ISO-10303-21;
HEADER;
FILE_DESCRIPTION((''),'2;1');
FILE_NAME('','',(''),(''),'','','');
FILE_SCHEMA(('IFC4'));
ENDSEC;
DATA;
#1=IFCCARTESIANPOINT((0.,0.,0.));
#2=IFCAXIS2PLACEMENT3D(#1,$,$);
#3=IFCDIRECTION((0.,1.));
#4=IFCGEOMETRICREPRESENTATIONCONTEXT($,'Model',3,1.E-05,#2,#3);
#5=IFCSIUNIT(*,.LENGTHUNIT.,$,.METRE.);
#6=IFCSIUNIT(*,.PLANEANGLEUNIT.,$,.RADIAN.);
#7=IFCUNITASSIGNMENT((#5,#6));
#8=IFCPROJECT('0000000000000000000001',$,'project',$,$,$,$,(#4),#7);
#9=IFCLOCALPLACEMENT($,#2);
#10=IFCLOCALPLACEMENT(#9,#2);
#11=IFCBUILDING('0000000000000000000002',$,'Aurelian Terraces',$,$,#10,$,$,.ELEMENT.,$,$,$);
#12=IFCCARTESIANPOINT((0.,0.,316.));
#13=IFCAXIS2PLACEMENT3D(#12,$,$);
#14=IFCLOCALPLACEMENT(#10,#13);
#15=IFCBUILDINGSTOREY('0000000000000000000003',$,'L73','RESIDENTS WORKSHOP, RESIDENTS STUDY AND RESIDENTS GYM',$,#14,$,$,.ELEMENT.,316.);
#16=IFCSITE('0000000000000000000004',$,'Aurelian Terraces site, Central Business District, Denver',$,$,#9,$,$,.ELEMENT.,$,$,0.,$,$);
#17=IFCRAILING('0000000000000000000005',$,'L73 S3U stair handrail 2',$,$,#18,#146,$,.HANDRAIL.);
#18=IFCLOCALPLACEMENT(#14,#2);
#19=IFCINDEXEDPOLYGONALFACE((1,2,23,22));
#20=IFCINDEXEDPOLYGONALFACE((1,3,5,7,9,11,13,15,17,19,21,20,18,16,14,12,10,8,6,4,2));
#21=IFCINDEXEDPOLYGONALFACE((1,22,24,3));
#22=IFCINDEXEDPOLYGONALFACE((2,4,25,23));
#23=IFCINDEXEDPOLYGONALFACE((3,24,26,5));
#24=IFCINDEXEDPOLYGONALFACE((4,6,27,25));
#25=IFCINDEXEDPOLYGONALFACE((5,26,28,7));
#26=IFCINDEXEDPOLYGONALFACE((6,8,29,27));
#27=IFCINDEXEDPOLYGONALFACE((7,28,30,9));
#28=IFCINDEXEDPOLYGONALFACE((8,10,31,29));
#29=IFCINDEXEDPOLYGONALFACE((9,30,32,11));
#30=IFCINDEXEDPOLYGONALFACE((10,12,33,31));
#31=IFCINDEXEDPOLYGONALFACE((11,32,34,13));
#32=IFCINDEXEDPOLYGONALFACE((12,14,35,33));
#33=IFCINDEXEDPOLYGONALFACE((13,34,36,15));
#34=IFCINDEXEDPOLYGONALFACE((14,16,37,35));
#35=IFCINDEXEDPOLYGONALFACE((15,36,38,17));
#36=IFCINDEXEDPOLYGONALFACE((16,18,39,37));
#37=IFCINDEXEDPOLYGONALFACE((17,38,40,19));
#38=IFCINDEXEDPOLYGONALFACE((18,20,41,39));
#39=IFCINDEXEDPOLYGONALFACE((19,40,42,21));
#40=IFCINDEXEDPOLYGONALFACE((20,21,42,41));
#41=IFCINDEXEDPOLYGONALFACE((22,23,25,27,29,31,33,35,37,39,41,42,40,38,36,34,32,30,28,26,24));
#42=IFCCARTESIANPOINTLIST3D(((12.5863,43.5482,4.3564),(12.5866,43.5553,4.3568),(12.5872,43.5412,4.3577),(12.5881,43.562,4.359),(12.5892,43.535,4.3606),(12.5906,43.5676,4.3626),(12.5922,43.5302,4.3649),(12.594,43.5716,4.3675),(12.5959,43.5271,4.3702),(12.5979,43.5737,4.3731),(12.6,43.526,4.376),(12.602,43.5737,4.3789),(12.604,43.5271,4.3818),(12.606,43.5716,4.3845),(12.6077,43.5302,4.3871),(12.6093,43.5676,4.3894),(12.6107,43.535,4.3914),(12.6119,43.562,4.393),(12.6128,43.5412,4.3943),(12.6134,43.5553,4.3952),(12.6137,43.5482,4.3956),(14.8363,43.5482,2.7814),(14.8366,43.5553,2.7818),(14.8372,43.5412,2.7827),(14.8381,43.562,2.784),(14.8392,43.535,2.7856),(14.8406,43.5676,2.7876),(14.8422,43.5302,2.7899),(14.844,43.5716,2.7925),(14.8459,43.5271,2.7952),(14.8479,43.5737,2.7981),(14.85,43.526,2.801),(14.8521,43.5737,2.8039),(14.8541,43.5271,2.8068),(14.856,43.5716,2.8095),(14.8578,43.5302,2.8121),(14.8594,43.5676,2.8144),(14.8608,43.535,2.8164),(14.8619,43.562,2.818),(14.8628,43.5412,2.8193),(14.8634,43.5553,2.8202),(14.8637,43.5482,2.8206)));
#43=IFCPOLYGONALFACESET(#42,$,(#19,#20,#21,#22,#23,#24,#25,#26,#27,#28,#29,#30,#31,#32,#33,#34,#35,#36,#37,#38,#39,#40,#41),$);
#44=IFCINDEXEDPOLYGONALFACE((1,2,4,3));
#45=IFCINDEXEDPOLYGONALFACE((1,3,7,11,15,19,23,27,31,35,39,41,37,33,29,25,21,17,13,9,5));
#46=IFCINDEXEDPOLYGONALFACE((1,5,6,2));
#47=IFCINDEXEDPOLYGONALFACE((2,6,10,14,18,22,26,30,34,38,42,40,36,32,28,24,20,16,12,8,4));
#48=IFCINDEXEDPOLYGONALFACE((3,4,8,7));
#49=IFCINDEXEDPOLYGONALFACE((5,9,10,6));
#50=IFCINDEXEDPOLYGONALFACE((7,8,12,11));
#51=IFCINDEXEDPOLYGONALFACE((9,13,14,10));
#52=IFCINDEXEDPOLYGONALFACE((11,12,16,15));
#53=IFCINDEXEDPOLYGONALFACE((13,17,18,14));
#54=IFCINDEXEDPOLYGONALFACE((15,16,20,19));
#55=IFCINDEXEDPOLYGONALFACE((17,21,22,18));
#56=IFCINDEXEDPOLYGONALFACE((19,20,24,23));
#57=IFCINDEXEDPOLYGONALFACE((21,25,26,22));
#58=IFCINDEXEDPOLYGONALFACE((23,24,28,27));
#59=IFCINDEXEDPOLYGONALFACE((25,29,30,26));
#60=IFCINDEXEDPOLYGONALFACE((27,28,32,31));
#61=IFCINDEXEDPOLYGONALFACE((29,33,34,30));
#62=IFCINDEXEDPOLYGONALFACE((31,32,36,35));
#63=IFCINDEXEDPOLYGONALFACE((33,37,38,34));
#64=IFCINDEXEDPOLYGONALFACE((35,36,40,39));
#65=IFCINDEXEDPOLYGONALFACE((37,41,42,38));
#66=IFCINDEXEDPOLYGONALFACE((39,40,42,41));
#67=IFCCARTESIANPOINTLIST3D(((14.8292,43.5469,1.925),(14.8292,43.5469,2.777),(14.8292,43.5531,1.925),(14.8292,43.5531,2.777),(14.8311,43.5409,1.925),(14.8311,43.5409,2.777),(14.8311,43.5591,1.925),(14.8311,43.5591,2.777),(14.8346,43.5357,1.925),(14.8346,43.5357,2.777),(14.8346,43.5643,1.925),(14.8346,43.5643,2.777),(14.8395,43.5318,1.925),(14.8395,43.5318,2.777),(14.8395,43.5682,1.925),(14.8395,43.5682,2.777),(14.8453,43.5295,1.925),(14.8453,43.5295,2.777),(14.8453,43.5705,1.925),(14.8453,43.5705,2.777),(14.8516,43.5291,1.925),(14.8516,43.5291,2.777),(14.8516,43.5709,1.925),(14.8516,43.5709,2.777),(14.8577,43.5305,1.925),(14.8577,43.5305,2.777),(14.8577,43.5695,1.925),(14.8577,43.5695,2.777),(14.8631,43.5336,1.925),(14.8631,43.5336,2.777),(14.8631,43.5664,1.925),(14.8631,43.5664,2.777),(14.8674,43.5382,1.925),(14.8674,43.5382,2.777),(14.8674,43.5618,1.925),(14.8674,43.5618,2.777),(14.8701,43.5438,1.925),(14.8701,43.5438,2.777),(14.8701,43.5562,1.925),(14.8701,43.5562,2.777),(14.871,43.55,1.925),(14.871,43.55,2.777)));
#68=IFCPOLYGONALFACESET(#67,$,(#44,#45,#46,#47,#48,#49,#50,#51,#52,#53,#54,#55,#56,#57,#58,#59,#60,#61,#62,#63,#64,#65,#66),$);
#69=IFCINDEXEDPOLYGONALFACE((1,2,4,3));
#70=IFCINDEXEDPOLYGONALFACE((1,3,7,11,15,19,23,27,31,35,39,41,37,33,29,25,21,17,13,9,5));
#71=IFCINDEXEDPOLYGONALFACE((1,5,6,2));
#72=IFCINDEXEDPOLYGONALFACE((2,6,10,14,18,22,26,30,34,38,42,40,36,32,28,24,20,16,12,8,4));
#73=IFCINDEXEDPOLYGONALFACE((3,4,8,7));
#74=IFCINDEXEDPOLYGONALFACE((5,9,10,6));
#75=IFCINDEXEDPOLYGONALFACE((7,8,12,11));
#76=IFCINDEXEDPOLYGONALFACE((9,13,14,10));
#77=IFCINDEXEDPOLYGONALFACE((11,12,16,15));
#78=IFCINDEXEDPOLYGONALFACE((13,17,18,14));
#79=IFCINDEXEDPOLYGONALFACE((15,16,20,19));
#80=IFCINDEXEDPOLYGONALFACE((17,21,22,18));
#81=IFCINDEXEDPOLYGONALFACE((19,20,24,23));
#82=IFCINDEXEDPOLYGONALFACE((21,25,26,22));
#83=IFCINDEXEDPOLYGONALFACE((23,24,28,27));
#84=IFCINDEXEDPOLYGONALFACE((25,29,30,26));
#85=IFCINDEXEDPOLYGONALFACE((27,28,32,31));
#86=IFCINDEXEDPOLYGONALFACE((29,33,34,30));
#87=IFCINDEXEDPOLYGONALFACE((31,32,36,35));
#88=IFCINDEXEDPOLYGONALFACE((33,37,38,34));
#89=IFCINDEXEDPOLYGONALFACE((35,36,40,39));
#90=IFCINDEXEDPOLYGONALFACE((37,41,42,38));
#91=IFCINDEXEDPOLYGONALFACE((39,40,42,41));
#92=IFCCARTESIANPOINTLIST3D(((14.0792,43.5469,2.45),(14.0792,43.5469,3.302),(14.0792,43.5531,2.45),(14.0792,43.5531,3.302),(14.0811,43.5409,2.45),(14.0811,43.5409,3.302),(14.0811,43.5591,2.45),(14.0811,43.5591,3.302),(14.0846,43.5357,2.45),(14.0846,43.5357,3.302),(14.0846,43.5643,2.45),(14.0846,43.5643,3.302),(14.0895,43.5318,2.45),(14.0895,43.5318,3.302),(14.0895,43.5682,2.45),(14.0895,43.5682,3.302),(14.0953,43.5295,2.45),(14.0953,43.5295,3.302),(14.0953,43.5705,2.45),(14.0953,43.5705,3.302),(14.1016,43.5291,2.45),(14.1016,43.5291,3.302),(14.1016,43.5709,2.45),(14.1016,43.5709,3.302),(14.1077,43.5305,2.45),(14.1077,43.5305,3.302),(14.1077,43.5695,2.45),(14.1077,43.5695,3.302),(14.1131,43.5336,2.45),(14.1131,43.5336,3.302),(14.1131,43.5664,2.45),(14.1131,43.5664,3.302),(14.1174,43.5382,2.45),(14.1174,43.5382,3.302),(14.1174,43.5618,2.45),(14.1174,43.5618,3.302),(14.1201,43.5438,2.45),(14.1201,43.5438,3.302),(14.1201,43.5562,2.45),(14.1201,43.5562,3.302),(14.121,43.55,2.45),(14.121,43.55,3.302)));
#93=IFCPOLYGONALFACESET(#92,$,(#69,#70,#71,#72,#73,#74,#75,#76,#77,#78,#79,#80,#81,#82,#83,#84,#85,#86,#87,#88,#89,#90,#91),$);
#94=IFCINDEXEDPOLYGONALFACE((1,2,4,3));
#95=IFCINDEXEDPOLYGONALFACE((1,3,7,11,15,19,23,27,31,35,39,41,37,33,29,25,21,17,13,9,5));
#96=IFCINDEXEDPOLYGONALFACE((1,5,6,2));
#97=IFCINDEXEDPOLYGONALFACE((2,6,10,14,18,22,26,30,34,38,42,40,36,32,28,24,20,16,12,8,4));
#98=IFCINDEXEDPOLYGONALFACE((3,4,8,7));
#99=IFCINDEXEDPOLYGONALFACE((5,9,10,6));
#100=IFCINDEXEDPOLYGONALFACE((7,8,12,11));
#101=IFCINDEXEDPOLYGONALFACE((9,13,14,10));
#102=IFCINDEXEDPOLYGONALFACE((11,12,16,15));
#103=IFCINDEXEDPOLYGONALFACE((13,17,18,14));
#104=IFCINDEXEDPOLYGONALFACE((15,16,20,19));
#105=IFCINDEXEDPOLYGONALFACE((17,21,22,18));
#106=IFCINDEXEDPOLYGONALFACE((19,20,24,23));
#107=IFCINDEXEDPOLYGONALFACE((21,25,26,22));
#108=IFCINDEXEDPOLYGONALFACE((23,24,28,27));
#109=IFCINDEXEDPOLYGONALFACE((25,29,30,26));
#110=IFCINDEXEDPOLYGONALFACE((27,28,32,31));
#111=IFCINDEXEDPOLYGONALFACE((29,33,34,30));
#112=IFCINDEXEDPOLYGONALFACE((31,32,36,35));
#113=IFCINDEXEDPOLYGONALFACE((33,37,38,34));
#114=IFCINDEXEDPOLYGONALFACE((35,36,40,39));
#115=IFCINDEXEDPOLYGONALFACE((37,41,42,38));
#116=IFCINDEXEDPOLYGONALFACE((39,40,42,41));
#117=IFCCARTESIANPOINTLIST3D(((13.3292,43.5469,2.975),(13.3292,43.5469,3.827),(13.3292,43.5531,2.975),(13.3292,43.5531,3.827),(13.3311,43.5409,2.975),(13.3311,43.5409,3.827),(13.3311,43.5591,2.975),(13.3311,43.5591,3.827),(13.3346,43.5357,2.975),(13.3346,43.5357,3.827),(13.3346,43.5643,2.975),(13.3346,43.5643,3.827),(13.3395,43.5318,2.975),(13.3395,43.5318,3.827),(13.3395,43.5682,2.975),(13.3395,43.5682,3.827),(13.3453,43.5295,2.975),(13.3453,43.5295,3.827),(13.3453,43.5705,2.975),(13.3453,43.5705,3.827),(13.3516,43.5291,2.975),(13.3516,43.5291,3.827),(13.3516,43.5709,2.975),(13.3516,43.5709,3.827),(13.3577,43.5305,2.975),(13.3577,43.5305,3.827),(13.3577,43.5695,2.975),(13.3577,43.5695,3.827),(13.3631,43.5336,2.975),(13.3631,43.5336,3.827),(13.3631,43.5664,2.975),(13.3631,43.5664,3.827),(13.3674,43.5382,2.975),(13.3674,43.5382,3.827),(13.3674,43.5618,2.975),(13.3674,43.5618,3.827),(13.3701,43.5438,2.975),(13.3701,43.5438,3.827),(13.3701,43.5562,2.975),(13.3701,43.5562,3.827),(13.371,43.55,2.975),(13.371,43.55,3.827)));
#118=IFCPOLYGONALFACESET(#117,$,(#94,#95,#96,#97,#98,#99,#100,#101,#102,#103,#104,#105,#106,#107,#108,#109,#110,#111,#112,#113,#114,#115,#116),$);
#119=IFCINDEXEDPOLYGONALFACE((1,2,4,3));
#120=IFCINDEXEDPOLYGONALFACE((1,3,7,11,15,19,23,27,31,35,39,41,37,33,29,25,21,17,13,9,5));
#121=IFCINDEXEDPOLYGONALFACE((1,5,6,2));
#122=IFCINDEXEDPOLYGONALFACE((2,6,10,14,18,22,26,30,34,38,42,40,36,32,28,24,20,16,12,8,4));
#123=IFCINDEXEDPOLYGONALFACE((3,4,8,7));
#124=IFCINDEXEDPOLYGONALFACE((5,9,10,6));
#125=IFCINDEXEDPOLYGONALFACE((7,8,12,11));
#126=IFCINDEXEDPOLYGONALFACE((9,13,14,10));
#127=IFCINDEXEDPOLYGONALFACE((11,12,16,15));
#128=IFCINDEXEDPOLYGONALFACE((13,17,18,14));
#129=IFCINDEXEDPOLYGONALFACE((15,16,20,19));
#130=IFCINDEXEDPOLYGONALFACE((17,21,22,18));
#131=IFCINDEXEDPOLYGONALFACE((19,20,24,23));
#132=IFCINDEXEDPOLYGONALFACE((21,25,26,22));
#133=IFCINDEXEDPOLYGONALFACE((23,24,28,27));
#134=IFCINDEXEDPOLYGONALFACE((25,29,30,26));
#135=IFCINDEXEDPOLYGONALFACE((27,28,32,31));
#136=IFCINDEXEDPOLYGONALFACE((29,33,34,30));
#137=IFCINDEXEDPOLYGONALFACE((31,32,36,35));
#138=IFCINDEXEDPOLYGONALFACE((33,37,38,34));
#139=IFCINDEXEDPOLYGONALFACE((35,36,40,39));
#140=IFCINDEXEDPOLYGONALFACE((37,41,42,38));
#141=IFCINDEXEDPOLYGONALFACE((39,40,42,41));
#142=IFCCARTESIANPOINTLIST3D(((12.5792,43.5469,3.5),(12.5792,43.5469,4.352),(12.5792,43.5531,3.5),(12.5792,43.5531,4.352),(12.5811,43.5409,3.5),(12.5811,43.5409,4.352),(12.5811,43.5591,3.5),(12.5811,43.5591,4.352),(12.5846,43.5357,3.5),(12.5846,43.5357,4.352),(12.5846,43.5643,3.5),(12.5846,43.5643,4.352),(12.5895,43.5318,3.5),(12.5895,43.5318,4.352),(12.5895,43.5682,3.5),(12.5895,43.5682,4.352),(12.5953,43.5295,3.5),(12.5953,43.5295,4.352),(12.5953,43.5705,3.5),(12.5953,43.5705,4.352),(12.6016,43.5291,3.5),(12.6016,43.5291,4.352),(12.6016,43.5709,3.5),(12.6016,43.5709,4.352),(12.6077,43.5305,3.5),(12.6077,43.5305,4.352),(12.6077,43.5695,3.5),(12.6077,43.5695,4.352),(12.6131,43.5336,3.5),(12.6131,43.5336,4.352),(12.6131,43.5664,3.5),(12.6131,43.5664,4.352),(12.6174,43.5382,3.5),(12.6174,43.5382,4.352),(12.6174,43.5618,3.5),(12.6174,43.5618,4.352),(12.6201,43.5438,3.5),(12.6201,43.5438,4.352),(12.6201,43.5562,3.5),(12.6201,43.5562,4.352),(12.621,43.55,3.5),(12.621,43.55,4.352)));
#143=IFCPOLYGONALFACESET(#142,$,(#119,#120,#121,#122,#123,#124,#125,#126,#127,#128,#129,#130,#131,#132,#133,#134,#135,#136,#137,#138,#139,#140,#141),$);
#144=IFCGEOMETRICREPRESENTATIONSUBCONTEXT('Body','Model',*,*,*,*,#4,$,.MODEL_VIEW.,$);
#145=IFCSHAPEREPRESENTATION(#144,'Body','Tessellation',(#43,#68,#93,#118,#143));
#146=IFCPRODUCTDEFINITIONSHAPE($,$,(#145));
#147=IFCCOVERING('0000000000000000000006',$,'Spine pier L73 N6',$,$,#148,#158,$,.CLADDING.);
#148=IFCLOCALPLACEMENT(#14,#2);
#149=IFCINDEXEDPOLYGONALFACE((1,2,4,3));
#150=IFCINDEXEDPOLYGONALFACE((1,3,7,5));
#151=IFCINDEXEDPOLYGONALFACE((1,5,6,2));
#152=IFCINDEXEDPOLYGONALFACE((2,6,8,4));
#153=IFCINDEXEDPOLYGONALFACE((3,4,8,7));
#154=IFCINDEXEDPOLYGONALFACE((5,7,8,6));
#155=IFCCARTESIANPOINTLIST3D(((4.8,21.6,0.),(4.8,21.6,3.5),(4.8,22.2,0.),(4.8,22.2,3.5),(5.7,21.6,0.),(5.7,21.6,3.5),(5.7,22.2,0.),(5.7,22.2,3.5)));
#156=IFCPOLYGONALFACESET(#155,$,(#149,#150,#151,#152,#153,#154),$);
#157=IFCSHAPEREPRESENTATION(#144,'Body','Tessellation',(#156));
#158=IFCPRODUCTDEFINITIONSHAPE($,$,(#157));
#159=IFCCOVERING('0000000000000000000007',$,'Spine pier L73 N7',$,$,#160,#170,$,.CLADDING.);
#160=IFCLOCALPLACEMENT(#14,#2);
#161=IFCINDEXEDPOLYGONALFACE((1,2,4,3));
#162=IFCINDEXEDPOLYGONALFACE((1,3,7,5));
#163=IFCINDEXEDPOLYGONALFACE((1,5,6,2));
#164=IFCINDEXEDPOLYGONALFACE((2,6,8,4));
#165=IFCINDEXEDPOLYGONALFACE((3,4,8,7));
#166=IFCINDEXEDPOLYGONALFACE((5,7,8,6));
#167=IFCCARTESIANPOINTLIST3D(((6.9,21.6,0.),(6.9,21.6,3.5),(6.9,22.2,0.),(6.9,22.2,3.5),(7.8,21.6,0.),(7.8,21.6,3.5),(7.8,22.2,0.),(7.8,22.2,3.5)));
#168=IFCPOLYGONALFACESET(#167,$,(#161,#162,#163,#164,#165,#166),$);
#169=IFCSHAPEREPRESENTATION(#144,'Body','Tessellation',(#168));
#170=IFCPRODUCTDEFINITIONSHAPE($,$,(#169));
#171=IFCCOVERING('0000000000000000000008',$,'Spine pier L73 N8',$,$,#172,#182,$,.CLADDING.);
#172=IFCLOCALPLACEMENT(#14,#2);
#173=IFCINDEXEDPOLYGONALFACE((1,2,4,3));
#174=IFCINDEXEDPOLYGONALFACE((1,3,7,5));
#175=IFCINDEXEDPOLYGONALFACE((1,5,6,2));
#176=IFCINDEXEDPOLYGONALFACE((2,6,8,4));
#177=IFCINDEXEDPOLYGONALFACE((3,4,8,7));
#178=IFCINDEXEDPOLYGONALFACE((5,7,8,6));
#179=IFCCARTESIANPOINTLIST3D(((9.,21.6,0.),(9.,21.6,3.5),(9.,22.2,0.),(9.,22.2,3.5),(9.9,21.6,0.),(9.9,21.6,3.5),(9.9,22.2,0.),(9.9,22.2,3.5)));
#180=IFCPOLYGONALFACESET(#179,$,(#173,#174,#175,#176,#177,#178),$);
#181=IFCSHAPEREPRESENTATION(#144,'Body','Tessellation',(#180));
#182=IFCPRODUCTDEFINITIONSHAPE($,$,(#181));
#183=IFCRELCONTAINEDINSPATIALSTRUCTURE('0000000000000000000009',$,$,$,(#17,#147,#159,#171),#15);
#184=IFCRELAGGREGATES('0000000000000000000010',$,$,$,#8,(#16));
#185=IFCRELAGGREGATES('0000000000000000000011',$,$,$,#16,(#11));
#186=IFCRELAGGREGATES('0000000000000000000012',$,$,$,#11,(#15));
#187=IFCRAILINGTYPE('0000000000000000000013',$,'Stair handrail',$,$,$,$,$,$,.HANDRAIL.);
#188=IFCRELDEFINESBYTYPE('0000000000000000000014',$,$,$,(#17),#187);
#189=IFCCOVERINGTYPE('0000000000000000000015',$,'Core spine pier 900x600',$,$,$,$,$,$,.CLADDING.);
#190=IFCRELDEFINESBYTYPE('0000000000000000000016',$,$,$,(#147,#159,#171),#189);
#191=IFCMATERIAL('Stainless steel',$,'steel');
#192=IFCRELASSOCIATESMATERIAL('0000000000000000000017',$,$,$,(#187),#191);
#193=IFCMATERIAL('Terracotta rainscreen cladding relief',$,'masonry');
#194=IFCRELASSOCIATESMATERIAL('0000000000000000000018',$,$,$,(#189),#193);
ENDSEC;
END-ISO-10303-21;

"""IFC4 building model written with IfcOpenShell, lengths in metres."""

from ifc_helpers import new_model, si_unit, direction, frame, origin, origin_2d, place, context, subcontext, project, spatial, rectangle, circle, extrude, source, transform, mapped, material, type_object, element, save


model = new_model("IFC4")

# Units and contexts
model_context = context("Model", 3, precision=1e-05, world=origin(), true_north=direction((0.0, 1.0)))
body_context = subcontext(model_context, "Body", "Model", "MODEL_VIEW")
ifc_project = project(units=[si_unit("LENGTHUNIT", "METRE"), si_unit("PLANEANGLEUNIT", "RADIAN")], contexts=[model_context])

# Site, building, storey
site_placement = place(None, origin())
site = spatial("IfcSite", under=ifc_project, at=site_placement, Name="Aurelian Terraces site, Central Business District, Denver", CompositionType="ELEMENT", RefElevation=0.0)
building_placement = place(site_placement, origin())
building = spatial("IfcBuilding", under=site, at=building_placement, Name="Aurelian Terraces", CompositionType="ELEMENT")
storey_placement = place(building_placement, frame((0.0, 0.0, 316.0)))
storey = spatial("IfcBuildingStorey", under=building, at=storey_placement, Name="L73", Description="RESIDENTS WORKSHOP, RESIDENTS STUDY AND RESIDENTS GYM", CompositionType="ELEMENT", Elevation=316.0)

# Shared definitions
ifc_material_1 = material(Name="Terracotta rainscreen cladding relief", Category="masonry")

# Railing
ifc_material_2 = material(Name="Stainless steel", Category="steel")
railing_type_1 = type_object("IfcRailingType", Name="Stair handrail", PredefinedType="HANDRAIL", material=ifc_material_2)
shared_shape_1 = source(origin(), body_context, "Body", "SweptSolid", [
    extrude(circle(Radius=0.024, at=origin_2d()), frame((0.0, 0.0, 0.876), z_axis=(-0.819232, 0.0, 0.573462), x_axis=(0.0, -1.0, 0.0)), (0.0, 0.0, 1.0), 2.7465),
    extrude(circle(Radius=0.021, at=origin_2d()), origin(), (0.0, 0.0, 1.0), 0.852),
    extrude(circle(Radius=0.021, at=origin_2d()), frame((-0.75, 0.0, 0.525)), (0.0, 0.0, 1.0), 0.852),
    extrude(circle(Radius=0.021, at=origin_2d()), frame((-1.5, 0.0, 1.05)), (0.0, 0.0, 1.0), 0.852),
    extrude(circle(Radius=0.021, at=origin_2d()), frame((-2.25, 0.0, 1.575)), (0.0, 0.0, 1.0), 0.852),
])
railing_1_placement = place(storey_placement, frame((14.85, 43.55, 1.925)))
element("IfcRailing", 1, at=railing_1_placement, inside=storey, type_object=railing_type_1, Name="L73 S3U stair handrail 2", PredefinedType="HANDRAIL", context=body_context, shape_type="MappedRepresentation", body=[
    mapped(shared_shape_1, transform((0.0, 0.0, 0.0), scale=1.0)),
])

# Coverings
covering_type_1 = type_object("IfcCoveringType", Name="Core spine pier 900x600", PredefinedType="CLADDING", material=ifc_material_1)
shared_shape_2 = source(origin(), body_context, "Body", "SweptSolid", [
    extrude(rectangle(XDim=0.9, YDim=0.6, at=origin_2d()), origin(), (0.0, 0.0, 1.0), 3.5),
])
for number, where, z_axis, x_axis, name in (
    (2, (5.25, 21.9, 0.0), (0.0, 0.0, 1.0), (1.0, 0.0, 0.0), "Spine pier L73 N6"),
    (3, (7.35, 21.9, 0.0), (0.0, 0.0, 1.0), (1.0, 0.0, 0.0), "Spine pier L73 N7"),
    (4, (9.45, 21.9, 0.0), (0.0, 0.0, 1.0), (1.0, 0.0, 0.0), "Spine pier L73 N8"),
):
    element("IfcCovering", number, at=place(storey_placement, frame(where, z_axis=z_axis, x_axis=x_axis)), inside=storey, type_object=covering_type_1, Name=name, PredefinedType="CLADDING", context=body_context, shape_type="MappedRepresentation", body=[
        mapped(shared_shape_2, transform((0.0, 0.0, 0.0), scale=1.0)),
    ])

save(model, "model.ifc")
